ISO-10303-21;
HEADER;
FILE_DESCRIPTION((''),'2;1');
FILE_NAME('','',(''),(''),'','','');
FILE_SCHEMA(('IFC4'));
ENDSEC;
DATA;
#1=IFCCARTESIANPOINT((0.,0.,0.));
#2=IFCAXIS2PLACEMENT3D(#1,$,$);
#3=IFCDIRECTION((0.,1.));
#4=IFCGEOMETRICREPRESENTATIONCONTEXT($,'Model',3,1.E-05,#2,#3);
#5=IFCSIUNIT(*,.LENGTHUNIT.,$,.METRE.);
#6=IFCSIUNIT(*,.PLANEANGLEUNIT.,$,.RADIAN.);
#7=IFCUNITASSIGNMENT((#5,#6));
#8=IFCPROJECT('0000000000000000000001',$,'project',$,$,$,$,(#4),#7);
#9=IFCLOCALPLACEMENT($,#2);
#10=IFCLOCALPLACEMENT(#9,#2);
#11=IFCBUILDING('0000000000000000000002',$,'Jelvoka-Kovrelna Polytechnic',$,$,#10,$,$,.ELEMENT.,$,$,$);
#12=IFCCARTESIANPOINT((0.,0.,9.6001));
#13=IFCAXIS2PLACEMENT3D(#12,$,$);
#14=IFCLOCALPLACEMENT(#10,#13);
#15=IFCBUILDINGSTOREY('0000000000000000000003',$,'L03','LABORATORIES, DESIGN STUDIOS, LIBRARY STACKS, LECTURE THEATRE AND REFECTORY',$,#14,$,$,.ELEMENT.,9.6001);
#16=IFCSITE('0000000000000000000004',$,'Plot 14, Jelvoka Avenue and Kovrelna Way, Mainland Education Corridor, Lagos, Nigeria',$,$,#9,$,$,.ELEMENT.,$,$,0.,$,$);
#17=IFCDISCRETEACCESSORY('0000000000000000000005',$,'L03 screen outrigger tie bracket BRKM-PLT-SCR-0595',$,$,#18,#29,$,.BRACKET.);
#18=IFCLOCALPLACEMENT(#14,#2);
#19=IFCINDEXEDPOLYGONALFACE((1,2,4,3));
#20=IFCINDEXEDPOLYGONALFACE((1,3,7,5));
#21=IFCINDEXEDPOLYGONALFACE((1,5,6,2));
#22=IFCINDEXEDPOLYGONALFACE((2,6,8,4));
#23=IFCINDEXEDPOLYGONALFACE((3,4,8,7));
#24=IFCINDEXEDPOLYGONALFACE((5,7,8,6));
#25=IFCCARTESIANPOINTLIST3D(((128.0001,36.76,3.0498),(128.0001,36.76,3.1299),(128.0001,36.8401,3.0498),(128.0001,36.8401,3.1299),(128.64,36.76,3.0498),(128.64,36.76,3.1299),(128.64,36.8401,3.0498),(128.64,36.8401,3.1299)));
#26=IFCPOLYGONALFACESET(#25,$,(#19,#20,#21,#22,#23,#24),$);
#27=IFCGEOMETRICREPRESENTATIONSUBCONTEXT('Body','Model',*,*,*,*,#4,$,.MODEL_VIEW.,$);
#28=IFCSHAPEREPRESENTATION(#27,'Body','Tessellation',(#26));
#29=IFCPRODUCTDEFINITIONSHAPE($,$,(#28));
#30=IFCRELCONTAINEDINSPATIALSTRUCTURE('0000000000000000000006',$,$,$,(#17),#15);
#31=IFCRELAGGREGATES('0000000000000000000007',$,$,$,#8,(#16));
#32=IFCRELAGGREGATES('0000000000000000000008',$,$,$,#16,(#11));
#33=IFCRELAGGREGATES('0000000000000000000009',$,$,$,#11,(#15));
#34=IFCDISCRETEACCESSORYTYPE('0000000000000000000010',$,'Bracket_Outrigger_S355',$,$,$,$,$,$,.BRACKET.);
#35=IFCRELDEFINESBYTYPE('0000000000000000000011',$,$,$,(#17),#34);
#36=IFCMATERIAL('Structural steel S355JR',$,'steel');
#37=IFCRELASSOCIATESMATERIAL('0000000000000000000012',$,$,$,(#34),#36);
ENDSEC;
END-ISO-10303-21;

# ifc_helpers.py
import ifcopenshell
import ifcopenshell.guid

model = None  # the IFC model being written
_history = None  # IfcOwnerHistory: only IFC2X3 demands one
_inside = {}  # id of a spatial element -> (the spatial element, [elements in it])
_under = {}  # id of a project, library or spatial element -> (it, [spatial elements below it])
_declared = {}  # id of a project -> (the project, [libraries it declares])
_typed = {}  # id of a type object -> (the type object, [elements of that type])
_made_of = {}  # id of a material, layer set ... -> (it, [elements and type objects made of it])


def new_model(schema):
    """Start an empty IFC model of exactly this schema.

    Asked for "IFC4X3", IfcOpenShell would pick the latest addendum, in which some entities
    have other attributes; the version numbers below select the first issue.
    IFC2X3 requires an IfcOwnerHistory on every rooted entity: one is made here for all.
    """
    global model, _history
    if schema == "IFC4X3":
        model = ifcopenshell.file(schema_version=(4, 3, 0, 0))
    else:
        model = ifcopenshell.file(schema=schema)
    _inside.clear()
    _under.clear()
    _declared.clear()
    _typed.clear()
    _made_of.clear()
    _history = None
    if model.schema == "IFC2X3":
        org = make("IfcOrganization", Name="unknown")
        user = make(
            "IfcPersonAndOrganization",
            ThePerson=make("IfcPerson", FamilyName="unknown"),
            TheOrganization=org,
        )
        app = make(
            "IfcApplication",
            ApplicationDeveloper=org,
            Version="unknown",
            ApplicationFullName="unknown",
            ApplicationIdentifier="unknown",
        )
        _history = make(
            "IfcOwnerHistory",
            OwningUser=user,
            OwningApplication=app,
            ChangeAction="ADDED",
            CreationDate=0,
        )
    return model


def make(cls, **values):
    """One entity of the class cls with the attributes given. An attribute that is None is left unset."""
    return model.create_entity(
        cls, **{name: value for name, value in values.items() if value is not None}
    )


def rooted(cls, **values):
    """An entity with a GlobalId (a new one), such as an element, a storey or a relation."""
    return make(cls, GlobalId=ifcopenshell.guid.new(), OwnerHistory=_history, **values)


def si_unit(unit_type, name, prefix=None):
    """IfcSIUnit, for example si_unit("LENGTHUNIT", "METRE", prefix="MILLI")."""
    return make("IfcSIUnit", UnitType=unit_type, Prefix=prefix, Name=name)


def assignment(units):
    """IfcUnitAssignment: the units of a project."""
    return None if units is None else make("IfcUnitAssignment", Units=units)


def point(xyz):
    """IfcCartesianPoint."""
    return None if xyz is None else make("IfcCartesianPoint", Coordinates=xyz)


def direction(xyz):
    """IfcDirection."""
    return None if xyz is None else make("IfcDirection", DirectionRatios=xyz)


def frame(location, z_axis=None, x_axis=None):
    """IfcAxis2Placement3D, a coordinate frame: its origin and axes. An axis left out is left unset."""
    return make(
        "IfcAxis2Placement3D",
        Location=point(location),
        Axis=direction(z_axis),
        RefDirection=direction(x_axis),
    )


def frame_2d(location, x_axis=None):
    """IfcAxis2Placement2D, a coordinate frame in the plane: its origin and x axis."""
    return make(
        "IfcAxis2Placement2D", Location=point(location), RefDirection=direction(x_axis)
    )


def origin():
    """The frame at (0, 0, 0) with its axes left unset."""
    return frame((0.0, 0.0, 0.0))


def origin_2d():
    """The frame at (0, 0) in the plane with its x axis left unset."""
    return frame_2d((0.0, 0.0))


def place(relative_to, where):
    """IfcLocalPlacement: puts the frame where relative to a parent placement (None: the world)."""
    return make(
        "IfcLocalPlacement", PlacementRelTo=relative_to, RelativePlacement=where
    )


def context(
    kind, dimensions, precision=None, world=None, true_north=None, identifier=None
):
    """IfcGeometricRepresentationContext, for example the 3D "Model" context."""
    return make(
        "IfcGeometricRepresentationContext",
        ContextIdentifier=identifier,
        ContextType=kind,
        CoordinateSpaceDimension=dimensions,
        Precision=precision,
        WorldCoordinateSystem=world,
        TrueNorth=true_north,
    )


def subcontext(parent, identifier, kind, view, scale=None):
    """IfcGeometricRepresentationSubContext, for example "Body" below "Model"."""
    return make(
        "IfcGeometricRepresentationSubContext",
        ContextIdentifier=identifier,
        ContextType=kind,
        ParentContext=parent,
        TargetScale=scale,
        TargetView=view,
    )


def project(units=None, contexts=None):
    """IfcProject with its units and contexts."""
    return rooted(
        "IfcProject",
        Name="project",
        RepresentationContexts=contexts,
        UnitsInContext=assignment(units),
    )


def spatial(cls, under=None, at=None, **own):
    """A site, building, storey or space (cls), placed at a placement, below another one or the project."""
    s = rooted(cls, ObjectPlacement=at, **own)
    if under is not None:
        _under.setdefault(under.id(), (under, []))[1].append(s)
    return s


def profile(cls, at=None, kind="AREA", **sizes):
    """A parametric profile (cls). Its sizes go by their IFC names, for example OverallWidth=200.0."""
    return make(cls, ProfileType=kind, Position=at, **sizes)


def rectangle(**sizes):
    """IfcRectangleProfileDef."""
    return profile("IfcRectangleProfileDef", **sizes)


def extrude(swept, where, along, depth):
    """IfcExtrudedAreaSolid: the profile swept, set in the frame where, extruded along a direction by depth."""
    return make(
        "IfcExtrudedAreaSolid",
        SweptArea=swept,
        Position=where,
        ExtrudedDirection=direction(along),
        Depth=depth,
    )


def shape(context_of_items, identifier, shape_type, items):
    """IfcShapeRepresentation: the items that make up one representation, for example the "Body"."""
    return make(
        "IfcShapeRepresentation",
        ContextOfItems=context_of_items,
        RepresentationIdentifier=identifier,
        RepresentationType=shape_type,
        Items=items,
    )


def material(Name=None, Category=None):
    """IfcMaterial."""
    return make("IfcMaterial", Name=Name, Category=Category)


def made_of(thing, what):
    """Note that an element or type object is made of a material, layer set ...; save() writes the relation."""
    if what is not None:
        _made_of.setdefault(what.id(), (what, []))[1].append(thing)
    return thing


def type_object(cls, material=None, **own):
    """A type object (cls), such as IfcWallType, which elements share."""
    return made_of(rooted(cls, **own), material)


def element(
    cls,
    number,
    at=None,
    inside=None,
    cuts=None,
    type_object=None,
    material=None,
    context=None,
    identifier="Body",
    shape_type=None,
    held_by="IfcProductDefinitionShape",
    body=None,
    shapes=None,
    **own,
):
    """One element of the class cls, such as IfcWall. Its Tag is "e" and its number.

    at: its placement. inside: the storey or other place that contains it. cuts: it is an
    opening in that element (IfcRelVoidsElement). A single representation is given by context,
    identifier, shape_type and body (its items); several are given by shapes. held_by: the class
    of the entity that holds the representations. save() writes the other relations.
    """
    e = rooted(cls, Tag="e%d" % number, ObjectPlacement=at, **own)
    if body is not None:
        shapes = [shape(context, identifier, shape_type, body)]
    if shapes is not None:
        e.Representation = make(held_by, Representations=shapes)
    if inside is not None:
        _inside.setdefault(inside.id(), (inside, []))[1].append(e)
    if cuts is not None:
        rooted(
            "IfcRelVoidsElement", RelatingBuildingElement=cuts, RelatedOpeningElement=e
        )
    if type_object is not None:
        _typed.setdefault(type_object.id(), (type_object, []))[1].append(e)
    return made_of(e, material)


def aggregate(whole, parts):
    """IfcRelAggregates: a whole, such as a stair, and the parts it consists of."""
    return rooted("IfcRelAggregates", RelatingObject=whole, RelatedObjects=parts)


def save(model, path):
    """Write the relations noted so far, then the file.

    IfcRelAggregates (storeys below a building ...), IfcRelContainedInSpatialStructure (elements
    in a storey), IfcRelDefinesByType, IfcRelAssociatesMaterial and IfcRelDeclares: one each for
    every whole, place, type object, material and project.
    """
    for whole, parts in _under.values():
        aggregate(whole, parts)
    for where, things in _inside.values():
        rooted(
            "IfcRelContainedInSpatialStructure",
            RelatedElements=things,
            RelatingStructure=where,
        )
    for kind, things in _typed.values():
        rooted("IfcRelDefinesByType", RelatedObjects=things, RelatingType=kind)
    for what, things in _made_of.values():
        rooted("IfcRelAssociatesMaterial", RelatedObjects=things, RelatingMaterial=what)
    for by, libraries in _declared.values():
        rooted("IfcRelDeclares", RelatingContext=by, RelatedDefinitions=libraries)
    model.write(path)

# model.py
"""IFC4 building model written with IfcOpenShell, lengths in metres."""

from ifc_helpers import new_model, si_unit, direction, frame, origin, origin_2d, place, context, subcontext, project, spatial, rectangle, extrude, material, type_object, element, save


model = new_model("IFC4")

# Units and contexts
model_context = context("Model", 3, precision=1e-05, world=origin(), true_north=direction((0.0, 1.0)))
body_context = subcontext(model_context, "Body", "Model", "MODEL_VIEW")
ifc_project = project(units=[si_unit("LENGTHUNIT", "METRE"), si_unit("PLANEANGLEUNIT", "RADIAN")], contexts=[model_context])

# Site, building, storey
site_placement = place(None, origin())
site = spatial("IfcSite", under=ifc_project, at=site_placement, Name="Plot 14, Jelvoka Avenue and Kovrelna Way, Mainland Education Corridor, Lagos, Nigeria", CompositionType="ELEMENT", RefElevation=0.0)
building_placement = place(site_placement, origin())
building = spatial("IfcBuilding", under=site, at=building_placement, Name="Jelvoka-Kovrelna Polytechnic", CompositionType="ELEMENT")
storey_placement = place(building_placement, frame((0.0, 0.0, 9.6001)))
storey = spatial("IfcBuildingStorey", under=building, at=storey_placement, Name="L03", Description="LABORATORIES, DESIGN STUDIOS, LIBRARY STACKS, LECTURE THEATRE AND REFECTORY", CompositionType="ELEMENT", Elevation=9.6001)

# Discrete accessory
ifc_material_1 = material(Name="Structural steel S355JR", Category="steel")
discrete_accessory_type = type_object("IfcDiscreteAccessoryType", Name="Bracket_Outrigger_S355", PredefinedType="BRACKET", material=ifc_material_1)
for number, where, z_axis, x_axis, name in (
    (1, (128.3201, 36.8, 3.0498), (0.0, 0.0, 1.0), (1.0, 0.0, 0.0), "L03 screen outrigger tie bracket BRKM-PLT-SCR-0595"),
):
    element("IfcDiscreteAccessory", number, at=place(storey_placement, frame(where, z_axis=z_axis, x_axis=x_axis)), inside=storey, type_object=discrete_accessory_type, Name=name, PredefinedType="BRACKET", context=body_context, shape_type="SweptSolid", body=[
        extrude(rectangle(XDim=0.6399, YDim=0.0801, at=origin_2d()), origin(), (0.0, 0.0, 1.0), 0.0801),
    ])

save(model, "model.ifc")
